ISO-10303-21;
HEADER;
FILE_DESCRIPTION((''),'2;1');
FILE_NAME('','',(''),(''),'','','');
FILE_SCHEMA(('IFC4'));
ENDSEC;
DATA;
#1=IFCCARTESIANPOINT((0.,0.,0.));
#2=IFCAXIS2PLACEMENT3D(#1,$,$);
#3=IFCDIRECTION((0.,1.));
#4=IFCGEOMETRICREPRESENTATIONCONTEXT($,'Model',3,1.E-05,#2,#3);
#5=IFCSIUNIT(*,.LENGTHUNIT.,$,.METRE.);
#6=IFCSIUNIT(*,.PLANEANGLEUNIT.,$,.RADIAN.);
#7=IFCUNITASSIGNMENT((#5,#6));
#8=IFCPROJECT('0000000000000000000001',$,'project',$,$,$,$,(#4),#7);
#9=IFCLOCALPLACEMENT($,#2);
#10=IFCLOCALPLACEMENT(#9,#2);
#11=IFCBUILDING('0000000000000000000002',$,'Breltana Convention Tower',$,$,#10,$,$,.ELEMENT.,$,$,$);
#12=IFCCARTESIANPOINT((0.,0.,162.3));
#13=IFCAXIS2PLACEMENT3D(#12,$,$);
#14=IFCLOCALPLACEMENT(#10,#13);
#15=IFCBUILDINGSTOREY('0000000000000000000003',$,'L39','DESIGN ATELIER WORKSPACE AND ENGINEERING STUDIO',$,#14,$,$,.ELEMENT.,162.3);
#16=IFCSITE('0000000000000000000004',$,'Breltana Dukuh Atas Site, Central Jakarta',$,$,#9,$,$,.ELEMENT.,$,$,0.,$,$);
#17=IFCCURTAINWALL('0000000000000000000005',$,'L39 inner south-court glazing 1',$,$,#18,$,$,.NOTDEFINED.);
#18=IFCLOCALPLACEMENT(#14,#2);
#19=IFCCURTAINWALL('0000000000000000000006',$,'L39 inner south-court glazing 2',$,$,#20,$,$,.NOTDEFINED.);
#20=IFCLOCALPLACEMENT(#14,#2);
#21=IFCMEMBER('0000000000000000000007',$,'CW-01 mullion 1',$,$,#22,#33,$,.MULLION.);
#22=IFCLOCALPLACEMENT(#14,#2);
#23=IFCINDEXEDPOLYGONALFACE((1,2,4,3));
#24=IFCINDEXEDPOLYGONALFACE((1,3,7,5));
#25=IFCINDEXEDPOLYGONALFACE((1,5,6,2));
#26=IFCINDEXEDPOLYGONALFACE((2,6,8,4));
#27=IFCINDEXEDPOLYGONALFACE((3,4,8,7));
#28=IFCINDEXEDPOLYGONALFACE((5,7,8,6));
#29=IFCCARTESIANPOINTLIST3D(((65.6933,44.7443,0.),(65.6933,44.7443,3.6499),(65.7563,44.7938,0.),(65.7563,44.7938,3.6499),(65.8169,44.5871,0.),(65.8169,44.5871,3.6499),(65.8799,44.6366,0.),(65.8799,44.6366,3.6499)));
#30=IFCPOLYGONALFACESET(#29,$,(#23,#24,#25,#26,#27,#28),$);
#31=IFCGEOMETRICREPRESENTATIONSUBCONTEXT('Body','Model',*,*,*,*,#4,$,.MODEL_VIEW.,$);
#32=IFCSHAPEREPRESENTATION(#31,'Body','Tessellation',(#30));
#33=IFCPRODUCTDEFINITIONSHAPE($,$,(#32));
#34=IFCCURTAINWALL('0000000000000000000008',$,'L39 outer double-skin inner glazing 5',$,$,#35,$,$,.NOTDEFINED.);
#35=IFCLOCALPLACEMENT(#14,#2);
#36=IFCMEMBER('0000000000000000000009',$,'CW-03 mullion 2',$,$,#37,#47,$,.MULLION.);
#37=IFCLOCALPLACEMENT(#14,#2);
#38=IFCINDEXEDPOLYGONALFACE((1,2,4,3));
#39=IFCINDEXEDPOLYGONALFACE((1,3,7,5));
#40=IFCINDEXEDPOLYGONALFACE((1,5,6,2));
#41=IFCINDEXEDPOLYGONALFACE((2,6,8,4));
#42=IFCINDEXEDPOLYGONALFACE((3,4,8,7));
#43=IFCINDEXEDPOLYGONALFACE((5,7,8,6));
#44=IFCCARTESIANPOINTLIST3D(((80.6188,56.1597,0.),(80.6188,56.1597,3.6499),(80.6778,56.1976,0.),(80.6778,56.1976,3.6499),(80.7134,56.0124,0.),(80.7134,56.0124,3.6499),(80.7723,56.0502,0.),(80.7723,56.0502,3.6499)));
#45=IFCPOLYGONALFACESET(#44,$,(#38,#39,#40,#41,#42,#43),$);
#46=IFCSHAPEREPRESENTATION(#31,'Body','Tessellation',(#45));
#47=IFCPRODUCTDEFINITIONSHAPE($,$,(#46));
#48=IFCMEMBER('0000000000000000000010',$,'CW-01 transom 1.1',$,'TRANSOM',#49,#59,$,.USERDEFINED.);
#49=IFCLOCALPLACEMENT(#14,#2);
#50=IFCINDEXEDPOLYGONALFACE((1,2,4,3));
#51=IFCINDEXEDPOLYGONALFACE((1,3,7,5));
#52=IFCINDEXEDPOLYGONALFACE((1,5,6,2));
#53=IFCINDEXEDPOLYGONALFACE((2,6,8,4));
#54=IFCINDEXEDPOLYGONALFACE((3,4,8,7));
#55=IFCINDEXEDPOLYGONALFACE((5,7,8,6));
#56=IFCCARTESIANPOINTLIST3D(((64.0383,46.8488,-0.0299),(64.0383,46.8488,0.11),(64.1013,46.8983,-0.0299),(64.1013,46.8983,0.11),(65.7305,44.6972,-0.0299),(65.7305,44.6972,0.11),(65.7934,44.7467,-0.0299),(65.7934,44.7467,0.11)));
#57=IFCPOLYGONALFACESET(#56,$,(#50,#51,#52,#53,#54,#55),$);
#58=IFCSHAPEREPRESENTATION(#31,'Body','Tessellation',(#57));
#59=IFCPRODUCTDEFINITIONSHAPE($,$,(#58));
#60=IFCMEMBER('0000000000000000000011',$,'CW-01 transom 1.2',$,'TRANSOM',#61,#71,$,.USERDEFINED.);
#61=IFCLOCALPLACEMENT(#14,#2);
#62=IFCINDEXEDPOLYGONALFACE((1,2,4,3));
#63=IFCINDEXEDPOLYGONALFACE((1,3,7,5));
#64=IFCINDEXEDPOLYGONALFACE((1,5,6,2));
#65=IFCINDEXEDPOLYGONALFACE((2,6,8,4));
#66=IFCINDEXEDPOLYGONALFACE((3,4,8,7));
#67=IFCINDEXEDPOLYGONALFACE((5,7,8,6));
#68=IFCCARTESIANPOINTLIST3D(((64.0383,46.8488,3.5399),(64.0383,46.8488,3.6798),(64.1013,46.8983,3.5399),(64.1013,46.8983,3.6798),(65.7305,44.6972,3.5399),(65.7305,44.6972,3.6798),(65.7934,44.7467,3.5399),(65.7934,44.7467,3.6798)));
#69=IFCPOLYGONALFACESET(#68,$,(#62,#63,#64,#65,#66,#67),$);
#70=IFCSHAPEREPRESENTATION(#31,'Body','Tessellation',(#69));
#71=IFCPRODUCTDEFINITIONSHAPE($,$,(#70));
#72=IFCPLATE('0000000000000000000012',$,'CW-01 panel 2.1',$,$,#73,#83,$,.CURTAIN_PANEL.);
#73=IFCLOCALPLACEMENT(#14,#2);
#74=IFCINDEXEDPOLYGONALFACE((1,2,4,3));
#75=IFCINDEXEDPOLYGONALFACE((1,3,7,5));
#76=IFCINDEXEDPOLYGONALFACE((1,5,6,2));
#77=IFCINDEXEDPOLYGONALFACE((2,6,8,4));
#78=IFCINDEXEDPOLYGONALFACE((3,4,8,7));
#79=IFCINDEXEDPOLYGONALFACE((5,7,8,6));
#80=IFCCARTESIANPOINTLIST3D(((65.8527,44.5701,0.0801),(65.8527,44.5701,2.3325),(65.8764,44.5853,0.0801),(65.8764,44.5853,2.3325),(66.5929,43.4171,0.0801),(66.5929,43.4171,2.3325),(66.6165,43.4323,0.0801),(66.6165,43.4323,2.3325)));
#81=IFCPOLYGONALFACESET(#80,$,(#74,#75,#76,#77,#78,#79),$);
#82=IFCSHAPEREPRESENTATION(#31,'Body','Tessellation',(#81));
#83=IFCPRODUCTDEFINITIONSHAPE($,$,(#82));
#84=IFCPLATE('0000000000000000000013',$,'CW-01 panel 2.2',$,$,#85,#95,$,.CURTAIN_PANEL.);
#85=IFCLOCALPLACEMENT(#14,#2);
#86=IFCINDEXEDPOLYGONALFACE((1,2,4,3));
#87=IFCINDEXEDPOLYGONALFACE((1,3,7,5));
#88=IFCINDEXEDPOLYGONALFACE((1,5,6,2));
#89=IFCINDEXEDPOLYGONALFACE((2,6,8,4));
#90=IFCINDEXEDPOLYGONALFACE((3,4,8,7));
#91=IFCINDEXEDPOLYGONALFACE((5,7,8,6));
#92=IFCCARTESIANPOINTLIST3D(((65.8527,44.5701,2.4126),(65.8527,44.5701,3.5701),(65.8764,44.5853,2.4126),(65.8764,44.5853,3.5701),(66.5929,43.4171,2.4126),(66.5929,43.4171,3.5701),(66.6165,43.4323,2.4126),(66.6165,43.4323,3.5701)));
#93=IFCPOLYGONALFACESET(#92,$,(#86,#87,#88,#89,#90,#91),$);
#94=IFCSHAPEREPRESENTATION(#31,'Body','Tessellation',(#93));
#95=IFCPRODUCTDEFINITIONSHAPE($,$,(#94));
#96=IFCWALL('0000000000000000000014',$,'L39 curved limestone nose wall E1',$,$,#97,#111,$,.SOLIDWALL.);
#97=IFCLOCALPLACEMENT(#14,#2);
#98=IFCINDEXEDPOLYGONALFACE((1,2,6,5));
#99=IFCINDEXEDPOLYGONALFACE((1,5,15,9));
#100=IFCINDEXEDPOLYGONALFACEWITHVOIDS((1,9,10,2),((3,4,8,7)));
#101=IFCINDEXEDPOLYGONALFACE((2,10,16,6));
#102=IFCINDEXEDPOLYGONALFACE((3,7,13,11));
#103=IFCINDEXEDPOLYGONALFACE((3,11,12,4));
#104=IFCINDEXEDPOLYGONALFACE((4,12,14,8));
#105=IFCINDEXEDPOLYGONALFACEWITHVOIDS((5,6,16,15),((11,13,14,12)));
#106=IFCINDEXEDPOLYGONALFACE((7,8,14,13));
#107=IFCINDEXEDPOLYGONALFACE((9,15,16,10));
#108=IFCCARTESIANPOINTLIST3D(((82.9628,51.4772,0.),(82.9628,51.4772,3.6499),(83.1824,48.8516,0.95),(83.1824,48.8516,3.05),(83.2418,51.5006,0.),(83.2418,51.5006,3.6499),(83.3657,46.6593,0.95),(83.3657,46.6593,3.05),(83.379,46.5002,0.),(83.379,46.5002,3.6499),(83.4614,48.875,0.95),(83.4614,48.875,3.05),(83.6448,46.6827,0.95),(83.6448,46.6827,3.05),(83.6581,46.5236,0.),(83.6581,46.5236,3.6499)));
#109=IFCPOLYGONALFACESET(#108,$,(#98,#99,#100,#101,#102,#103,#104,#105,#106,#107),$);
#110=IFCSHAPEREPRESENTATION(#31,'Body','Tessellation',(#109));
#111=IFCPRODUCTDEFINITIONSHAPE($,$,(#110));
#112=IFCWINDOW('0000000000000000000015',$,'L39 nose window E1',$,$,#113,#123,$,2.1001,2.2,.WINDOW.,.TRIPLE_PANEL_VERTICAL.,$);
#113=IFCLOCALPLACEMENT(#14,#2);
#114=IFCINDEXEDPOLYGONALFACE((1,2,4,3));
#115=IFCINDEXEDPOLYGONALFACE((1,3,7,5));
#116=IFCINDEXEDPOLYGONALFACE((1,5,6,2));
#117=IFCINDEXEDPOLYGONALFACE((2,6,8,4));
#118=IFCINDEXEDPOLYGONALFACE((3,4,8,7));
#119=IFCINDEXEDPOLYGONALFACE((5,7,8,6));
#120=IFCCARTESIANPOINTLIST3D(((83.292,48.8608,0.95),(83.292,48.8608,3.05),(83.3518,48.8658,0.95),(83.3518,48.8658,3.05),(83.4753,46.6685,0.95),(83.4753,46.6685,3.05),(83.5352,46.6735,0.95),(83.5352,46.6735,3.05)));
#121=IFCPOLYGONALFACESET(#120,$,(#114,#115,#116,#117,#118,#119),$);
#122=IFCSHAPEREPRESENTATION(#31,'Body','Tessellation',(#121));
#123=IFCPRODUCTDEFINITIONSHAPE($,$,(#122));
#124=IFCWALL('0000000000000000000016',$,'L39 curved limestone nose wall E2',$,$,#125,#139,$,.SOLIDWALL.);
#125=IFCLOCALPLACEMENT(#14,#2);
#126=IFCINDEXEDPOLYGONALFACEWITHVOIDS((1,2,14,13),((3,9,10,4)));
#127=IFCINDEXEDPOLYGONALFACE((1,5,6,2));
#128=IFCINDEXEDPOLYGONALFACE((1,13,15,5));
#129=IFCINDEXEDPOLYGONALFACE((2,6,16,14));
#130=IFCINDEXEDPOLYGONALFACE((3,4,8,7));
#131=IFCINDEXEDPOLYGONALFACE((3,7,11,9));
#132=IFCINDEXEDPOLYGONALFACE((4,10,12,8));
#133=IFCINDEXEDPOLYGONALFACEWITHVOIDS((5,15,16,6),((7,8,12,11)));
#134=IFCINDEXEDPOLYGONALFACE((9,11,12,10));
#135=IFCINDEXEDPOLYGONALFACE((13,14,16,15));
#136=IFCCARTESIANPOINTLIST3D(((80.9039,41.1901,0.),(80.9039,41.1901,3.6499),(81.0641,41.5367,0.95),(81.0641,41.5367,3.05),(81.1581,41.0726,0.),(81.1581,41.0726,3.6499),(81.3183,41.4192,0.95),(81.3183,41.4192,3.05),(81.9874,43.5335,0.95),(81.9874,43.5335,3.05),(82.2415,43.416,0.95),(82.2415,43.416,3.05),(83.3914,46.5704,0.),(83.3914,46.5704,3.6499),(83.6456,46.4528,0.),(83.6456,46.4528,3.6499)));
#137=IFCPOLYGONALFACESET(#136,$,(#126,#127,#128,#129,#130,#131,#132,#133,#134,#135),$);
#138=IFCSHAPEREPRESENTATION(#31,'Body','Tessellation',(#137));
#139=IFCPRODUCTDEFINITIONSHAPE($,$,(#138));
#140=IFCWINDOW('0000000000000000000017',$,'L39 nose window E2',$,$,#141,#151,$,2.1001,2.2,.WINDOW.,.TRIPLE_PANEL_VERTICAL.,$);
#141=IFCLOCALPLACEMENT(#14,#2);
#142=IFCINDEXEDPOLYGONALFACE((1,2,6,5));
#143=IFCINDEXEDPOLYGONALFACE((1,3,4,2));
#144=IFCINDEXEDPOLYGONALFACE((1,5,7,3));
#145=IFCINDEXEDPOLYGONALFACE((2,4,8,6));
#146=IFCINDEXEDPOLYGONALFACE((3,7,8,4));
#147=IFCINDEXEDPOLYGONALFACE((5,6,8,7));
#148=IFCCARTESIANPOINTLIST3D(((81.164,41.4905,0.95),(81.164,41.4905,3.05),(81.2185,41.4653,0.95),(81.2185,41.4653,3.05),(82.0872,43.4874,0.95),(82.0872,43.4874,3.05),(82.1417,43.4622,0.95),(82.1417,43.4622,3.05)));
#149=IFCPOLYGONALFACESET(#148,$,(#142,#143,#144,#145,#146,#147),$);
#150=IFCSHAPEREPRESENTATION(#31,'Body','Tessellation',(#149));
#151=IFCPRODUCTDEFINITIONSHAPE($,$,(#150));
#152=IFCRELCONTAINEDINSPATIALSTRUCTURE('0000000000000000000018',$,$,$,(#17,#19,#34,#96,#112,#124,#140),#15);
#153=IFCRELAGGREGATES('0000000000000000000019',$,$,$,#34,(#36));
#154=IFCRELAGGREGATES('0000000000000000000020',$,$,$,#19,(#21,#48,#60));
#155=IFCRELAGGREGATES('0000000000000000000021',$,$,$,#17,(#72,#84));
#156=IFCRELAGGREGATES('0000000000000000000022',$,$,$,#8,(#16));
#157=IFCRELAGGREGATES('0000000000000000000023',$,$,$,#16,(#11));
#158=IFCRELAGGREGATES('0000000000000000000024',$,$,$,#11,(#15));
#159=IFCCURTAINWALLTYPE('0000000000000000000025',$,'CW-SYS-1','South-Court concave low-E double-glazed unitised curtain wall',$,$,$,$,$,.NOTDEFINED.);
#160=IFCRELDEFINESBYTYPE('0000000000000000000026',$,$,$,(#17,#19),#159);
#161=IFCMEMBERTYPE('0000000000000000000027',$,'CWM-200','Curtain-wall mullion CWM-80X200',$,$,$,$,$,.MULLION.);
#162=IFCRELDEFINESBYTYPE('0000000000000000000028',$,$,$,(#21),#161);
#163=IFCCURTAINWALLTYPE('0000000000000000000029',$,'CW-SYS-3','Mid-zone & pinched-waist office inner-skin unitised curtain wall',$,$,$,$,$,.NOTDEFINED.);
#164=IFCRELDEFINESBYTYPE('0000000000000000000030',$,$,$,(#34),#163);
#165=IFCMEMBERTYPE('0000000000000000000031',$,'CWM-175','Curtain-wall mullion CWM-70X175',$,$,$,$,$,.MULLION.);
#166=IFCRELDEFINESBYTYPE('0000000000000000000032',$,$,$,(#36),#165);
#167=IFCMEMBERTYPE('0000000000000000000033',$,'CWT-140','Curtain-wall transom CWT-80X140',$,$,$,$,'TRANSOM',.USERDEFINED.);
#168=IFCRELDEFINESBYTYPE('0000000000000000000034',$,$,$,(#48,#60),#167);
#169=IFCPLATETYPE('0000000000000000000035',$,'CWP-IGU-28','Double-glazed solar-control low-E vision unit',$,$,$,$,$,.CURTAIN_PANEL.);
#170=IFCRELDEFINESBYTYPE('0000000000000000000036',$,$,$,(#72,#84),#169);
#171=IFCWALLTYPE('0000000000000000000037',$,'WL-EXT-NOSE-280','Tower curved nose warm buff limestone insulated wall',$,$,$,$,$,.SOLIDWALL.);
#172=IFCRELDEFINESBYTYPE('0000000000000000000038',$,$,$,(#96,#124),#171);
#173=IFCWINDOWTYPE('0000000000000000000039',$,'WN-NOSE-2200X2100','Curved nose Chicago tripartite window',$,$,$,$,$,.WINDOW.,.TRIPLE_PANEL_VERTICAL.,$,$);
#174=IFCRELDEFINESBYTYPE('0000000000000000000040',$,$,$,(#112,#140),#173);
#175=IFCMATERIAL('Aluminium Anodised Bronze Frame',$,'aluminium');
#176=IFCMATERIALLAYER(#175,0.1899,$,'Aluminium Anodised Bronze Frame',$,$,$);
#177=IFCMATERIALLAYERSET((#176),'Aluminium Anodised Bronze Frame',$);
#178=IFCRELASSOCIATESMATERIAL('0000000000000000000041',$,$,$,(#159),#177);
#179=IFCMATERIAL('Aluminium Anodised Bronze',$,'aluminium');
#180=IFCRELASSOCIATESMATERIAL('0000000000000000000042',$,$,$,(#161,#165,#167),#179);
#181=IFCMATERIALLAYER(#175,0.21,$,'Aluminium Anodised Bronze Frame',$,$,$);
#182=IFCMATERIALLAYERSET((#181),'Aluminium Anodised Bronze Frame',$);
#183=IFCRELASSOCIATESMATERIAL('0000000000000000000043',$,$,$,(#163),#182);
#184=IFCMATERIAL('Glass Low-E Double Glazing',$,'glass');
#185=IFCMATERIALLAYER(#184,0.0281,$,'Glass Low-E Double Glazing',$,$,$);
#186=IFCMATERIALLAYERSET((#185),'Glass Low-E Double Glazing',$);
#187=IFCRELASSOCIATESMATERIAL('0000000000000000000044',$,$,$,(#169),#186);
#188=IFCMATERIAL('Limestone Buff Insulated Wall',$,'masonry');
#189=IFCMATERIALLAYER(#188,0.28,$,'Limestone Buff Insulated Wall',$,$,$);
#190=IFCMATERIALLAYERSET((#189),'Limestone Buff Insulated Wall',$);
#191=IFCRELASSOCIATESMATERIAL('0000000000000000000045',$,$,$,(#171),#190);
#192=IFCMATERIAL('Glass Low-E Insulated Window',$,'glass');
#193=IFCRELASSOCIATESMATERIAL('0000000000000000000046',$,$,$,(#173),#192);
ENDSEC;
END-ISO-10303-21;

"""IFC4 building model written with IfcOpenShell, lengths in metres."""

from ifc_helpers import new_model, si_unit, direction, frame, frame_2d, origin, origin_2d, place, context, subcontext, project, spatial, rectangle, extrude, source, transform, mapped, material, layer, layer_set, material_profile, profile_set, type_object, type_shapes, element, fill, aggregate, save


model = new_model("IFC4")

# Units and contexts
model_context = context("Model", 3, precision=1e-05, world=origin(), true_north=direction((0.0, 1.0)))
body_context = subcontext(model_context, "Body", "Model", "MODEL_VIEW")
ifc_project = project(units=[si_unit("LENGTHUNIT", "METRE"), si_unit("PLANEANGLEUNIT", "RADIAN")], contexts=[model_context])

# Site, building, storey
site_placement = place(None, origin())
site = spatial("IfcSite", under=ifc_project, at=site_placement, Name="Breltana Dukuh Atas Site, Central Jakarta", CompositionType="ELEMENT", RefElevation=0.0)
building_placement = place(site_placement, origin())
building = spatial("IfcBuilding", under=site, at=building_placement, Name="Breltana Convention Tower", CompositionType="ELEMENT")
storey_placement = place(building_placement, frame((0.0, 0.0, 162.3)))
storey = spatial("IfcBuildingStorey", under=building, at=storey_placement, Name="L39", Description="DESIGN ATELIER WORKSPACE AND ENGINEERING STUDIO", CompositionType="ELEMENT", Elevation=162.3)

# Curtain walls, members
ifc_material_1 = material(Name="Aluminium Anodised Bronze Frame", Category="aluminium")
ifc_layer_1 = layer(ifc_material_1, 0.1899, Name="Aluminium Anodised Bronze Frame")
ifc_layer_set_1 = layer_set([ifc_layer_1], Name="Aluminium Anodised Bronze Frame")
curtain_wall_type_1 = type_object("IfcCurtainWallType", Name="CW-SYS-1", Description="South-Court concave low-E double-glazed unitised curtain wall", PredefinedType="NOTDEFINED", material=ifc_layer_set_1)
curtain_wall_1_placement = place(storey_placement, origin())
curtain_wall_1 = element("IfcCurtainWall", 1, at=curtain_wall_1_placement, inside=storey, type_object=curtain_wall_type_1, Name="L39 inner south-court glazing 1", PredefinedType="NOTDEFINED")
ifc_material_2 = material(Name="Aluminium Anodised Bronze", Category="aluminium")
ifc_material_profile_1 = material_profile(ifc_material_2, rectangle(XDim=0.0801, YDim=0.2, at=origin_2d()), Name="CWM-80X200")
ifc_profile_set_1 = profile_set([ifc_material_profile_1], Name="Aluminium Anodised Bronze")
member_type_1 = type_object("IfcMemberType", Name="CWM-200", Description="Curtain-wall mullion CWM-80X200", PredefinedType="MULLION", material=ifc_profile_set_1)
shared_shape_1 = source(origin(), body_context, "Body", "SweptSolid", [
    extrude(rectangle(XDim=0.0801, YDim=0.2, at=origin_2d()), origin(), (0.0, 0.0, 1.0), 3.6499),
])
curtain_wall_2_placement = place(storey_placement, origin())
curtain_wall_2 = element("IfcCurtainWall", 2, at=curtain_wall_2_placement, inside=storey, type_object=curtain_wall_type_1, Name="L39 inner south-court glazing 2", PredefinedType="NOTDEFINED")
member_1_placement = place(storey_placement, frame((65.7866, 44.6904, 0.0), z_axis=(0.0, 0.0, 1.0), x_axis=(-0.786051, -0.618161, 0.0)))
member_1 = element("IfcMember", 3, at=member_1_placement, type_object=member_type_1, Name="CW-01 mullion 1", PredefinedType="MULLION", context=body_context, shape_type="MappedRepresentation", body=[
    mapped(shared_shape_1, transform((0.0, 0.0, 0.0), scale=1.0)),
])
ifc_layer_2 = layer(ifc_material_1, 0.21, Name="Aluminium Anodised Bronze Frame")
ifc_layer_set_2 = layer_set([ifc_layer_2], Name="Aluminium Anodised Bronze Frame")
curtain_wall_type_2 = type_object("IfcCurtainWallType", Name="CW-SYS-3", Description="Mid-zone & pinched-waist office inner-skin unitised curtain wall", PredefinedType="NOTDEFINED", material=ifc_layer_set_2)
curtain_wall_3_placement = place(storey_placement, origin())
curtain_wall_3 = element("IfcCurtainWall", 4, at=curtain_wall_3_placement, inside=storey, type_object=curtain_wall_type_2, Name="L39 outer double-skin inner glazing 5", PredefinedType="NOTDEFINED")
ifc_material_profile_2 = material_profile(ifc_material_2, rectangle(XDim=0.0701, YDim=0.175, at=origin_2d()), Name="CWM-70X175")
ifc_profile_set_2 = profile_set([ifc_material_profile_2], Name="Aluminium Anodised Bronze")
member_type_2 = type_object("IfcMemberType", Name="CWM-175", Description="Curtain-wall mullion CWM-70X175", PredefinedType="MULLION", material=ifc_profile_set_2)
shared_shape_2 = source(origin(), body_context, "Body", "SweptSolid", [
    extrude(rectangle(XDim=0.0701, YDim=0.175, at=origin_2d()), origin(), (0.0, 0.0, 1.0), 3.6499),
])
member_2_placement = place(storey_placement, frame((80.6956, 56.105, 0.0), z_axis=(0.0, 0.0, 1.0), x_axis=(0.841554, 0.540173, 0.0)))
member_2 = element("IfcMember", 5, at=member_2_placement, type_object=member_type_2, Name="CW-03 mullion 2", PredefinedType="MULLION", context=body_context, shape_type="MappedRepresentation", body=[
    mapped(shared_shape_2, transform((0.0, 0.0, 0.0), scale=1.0)),
])
aggregate(curtain_wall_3, [member_2])

# Members
ifc_material_profile_3 = material_profile(ifc_material_2, rectangle(XDim=0.0801, YDim=0.1399, at=origin_2d()), Name="CWT-80X140")
ifc_profile_set_3 = profile_set([ifc_material_profile_3], Name="Aluminium Anodised Bronze")
member_type_3 = type_object("IfcMemberType", Name="CWT-140", Description="Curtain-wall transom CWT-80X140", ElementType="TRANSOM", PredefinedType="USERDEFINED", material=ifc_profile_set_3)
shared_shape_3 = source(origin(), body_context, "Body", "SweptSolid", [
    extrude(rectangle(XDim=0.0801, YDim=0.1399, at=origin_2d()), origin(), (0.0, 0.0, 1.0), 2.7373),
])
member_3_placement = place(storey_placement, frame((65.762, 44.7219, 0.04), z_axis=(-0.61818, 0.786037, 0.0), x_axis=(-0.786037, -0.61818, 0.0)))
member_3 = element("IfcMember", 6, at=member_3_placement, type_object=member_type_3, Name="CW-01 transom 1.1", ObjectType="TRANSOM", PredefinedType="USERDEFINED", context=body_context, shape_type="MappedRepresentation", body=[
    mapped(shared_shape_3, transform((0.0, 0.0, 0.0), scale=1.0)),
])
member_4_placement = place(storey_placement, frame((65.762, 44.7219, 3.6099), z_axis=(-0.61818, 0.786037, 0.0), x_axis=(-0.786037, -0.61818, 0.0)))
member_4 = element("IfcMember", 7, at=member_4_placement, type_object=member_type_3, Name="CW-01 transom 1.2", ObjectType="TRANSOM", PredefinedType="USERDEFINED", context=body_context, shape_type="MappedRepresentation", body=[
    mapped(shared_shape_3, transform((0.0, 0.0, 0.0), scale=1.0)),
])
aggregate(curtain_wall_2, [member_1, member_3, member_4])

# Plates
ifc_material_3 = material(Name="Glass Low-E Double Glazing", Category="glass")
ifc_layer_3 = layer(ifc_material_3, 0.0281, Name="Glass Low-E Double Glazing")
ifc_layer_set_3 = layer_set([ifc_layer_3], Name="Glass Low-E Double Glazing")
plate_type = type_object("IfcPlateType", Name="CWP-IGU-28", Description="Double-glazed solar-control low-E vision unit", PredefinedType="CURTAIN_PANEL", material=ifc_layer_set_3)
shared_shape_4 = source(origin(), body_context, "Body", "SweptSolid", [
    extrude(rectangle(XDim=1.3701, YDim=0.0281, at=origin_2d()), origin(), (0.0, 0.0, 1.0), 2.2524),
])
plate_1_placement = place(storey_placement, frame((66.2346, 44.0012, 0.0801), z_axis=(0.0, 0.0, 1.0), x_axis=(-0.540184, 0.841547, 0.0)))
plate_1 = element("IfcPlate", 8, at=plate_1_placement, type_object=plate_type, Name="CW-01 panel 2.1", PredefinedType="CURTAIN_PANEL", context=body_context, shape_type="MappedRepresentation", body=[
    mapped(shared_shape_4, transform((0.0, 0.0, 0.0), scale=1.0)),
])
shared_shape_5 = source(origin(), body_context, "Body", "SweptSolid", [
    extrude(rectangle(XDim=1.3701, YDim=0.0281, at=origin_2d()), origin(), (0.0, 0.0, 1.0), 1.1575),
])
plate_2_placement = place(storey_placement, frame((66.2346, 44.0012, 2.4126), z_axis=(0.0, 0.0, 1.0), x_axis=(-0.540184, 0.841547, 0.0)))
plate_2 = element("IfcPlate", 9, at=plate_2_placement, type_object=plate_type, Name="CW-01 panel 2.2", PredefinedType="CURTAIN_PANEL", context=body_context, shape_type="MappedRepresentation", body=[
    mapped(shared_shape_5, transform((0.0, 0.0, 0.0), scale=1.0)),
])
aggregate(curtain_wall_1, [plate_1, plate_2])

# Walls, openings, windows
ifc_material_4 = material(Name="Limestone Buff Insulated Wall", Category="masonry")
ifc_layer_4 = layer(ifc_material_4, 0.28, Name="Limestone Buff Insulated Wall")
ifc_layer_set_4 = layer_set([ifc_layer_4], Name="Limestone Buff Insulated Wall")
wall_type = type_object("IfcWallType", Name="WL-EXT-NOSE-280", Description="Tower curved nose warm buff limestone insulated wall", PredefinedType="SOLIDWALL", material=ifc_layer_set_4)
shared_shape_6 = source(origin(), body_context, "Body", "SweptSolid", [
    extrude(rectangle(XDim=4.9944, YDim=0.28, at=frame_2d((2.4971, 0.0))), origin(), (0.0, 0.0, 1.0), 3.6499),
])
wall_1_placement = place(storey_placement, frame((83.1023, 51.4888, 0.0), z_axis=(0.0, 0.0, 1.0), x_axis=(0.083345, -0.996521, 0.0)))
wall_1 = element("IfcWall", 10, at=wall_1_placement, inside=storey, type_object=wall_type, Name="L39 curved limestone nose wall E1", PredefinedType="SOLIDWALL", context=body_context, shape_type="MappedRepresentation", body=[
    mapped(shared_shape_6, transform((0.0, 0.0, 0.0), scale=1.0)),
])
opening_1_placement = place(wall_1_placement, frame((2.6345, 0.0, 0.95)))
opening_1 = element("IfcOpeningElement", 11, at=opening_1_placement, cuts=wall_1, PredefinedType="OPENING", context=body_context, shape_type="SweptSolid", body=[
    extrude(rectangle(XDim=2.2, YDim=2.1001, at=frame_2d((1.1001, 1.05))), frame((0.0, 0.1499, 0.0), z_axis=(0.0, -1.0, 0.0), x_axis=(1.0, 0.0, 0.0)), (0.0, 0.0, 1.0), 0.3),
])
ifc_material_5 = material(Name="Glass Low-E Insulated Window", Category="glass")
window_type = type_object("IfcWindowType", Name="WN-NOSE-2200X2100", Description="Curved nose Chicago tripartite window", PartitioningType="TRIPLE_PANEL_VERTICAL", PredefinedType="WINDOW", material=ifc_material_5)
shared_shape_7 = source(origin(), body_context, "Body", "SweptSolid", [
    extrude(rectangle(XDim=2.2, YDim=2.1001, at=frame_2d((1.1001, 1.05))), frame((0.0, 0.03, 0.0), z_axis=(0.0, -1.0, 0.0), x_axis=(1.0, 0.0, 0.0)), (0.0, 0.0, 1.0), 0.0601),
])
type_shapes(window_type, [shared_shape_7])
window_1_placement = place(opening_1_placement, origin())
window_1 = element("IfcWindow", 12, at=window_1_placement, inside=storey, type_object=window_type, Name="L39 nose window E1", OverallHeight=2.1001, OverallWidth=2.2, PartitioningType="TRIPLE_PANEL_VERTICAL", PredefinedType="WINDOW", context=body_context, shape_type="MappedRepresentation", body=[
    mapped(shared_shape_7, transform((0.0, 0.0, 0.0), scale=1.0)),
])
fill(opening_1, window_1)
shared_shape_8 = source(origin(), body_context, "Body", "SweptSolid", [
    extrude(rectangle(XDim=5.9275, YDim=0.28, at=frame_2d((2.9639, 0.0))), origin(), (0.0, 0.0, 1.0), 3.6499),
])
wall_2_placement = place(storey_placement, frame((83.5186, 46.5117, 0.0), z_axis=(0.0, 0.0, 1.0), x_axis=(-0.419656, -0.907683, 0.0)))
wall_2 = element("IfcWall", 13, at=wall_2_placement, inside=storey, type_object=wall_type, Name="L39 curved limestone nose wall E2", PredefinedType="SOLIDWALL", context=body_context, shape_type="MappedRepresentation", body=[
    mapped(shared_shape_8, transform((0.0, 0.0, 0.0), scale=1.0)),
])
opening_2_placement = place(wall_2_placement, frame((3.3457, 0.0, 0.95)))
opening_2 = element("IfcOpeningElement", 14, at=opening_2_placement, cuts=wall_2, PredefinedType="OPENING", context=body_context, shape_type="SweptSolid", body=[
    extrude(rectangle(XDim=2.2, YDim=2.1001, at=frame_2d((1.1001, 1.05))), frame((0.0, 0.1499, 0.0), z_axis=(0.0, -1.0, 0.0), x_axis=(1.0, 0.0, 0.0)), (0.0, 0.0, 1.0), 0.3),
])
window_2_placement = place(opening_2_placement, origin())
window_2 = element("IfcWindow", 15, at=window_2_placement, inside=storey, type_object=window_type, Name="L39 nose window E2", OverallHeight=2.1001, OverallWidth=2.2, PartitioningType="TRIPLE_PANEL_VERTICAL", PredefinedType="WINDOW", context=body_context, shape_type="MappedRepresentation", body=[
    mapped(shared_shape_7, transform((0.0, 0.0, 0.0), scale=1.0)),
])
fill(opening_2, window_2)

save(model, "model.ifc")
